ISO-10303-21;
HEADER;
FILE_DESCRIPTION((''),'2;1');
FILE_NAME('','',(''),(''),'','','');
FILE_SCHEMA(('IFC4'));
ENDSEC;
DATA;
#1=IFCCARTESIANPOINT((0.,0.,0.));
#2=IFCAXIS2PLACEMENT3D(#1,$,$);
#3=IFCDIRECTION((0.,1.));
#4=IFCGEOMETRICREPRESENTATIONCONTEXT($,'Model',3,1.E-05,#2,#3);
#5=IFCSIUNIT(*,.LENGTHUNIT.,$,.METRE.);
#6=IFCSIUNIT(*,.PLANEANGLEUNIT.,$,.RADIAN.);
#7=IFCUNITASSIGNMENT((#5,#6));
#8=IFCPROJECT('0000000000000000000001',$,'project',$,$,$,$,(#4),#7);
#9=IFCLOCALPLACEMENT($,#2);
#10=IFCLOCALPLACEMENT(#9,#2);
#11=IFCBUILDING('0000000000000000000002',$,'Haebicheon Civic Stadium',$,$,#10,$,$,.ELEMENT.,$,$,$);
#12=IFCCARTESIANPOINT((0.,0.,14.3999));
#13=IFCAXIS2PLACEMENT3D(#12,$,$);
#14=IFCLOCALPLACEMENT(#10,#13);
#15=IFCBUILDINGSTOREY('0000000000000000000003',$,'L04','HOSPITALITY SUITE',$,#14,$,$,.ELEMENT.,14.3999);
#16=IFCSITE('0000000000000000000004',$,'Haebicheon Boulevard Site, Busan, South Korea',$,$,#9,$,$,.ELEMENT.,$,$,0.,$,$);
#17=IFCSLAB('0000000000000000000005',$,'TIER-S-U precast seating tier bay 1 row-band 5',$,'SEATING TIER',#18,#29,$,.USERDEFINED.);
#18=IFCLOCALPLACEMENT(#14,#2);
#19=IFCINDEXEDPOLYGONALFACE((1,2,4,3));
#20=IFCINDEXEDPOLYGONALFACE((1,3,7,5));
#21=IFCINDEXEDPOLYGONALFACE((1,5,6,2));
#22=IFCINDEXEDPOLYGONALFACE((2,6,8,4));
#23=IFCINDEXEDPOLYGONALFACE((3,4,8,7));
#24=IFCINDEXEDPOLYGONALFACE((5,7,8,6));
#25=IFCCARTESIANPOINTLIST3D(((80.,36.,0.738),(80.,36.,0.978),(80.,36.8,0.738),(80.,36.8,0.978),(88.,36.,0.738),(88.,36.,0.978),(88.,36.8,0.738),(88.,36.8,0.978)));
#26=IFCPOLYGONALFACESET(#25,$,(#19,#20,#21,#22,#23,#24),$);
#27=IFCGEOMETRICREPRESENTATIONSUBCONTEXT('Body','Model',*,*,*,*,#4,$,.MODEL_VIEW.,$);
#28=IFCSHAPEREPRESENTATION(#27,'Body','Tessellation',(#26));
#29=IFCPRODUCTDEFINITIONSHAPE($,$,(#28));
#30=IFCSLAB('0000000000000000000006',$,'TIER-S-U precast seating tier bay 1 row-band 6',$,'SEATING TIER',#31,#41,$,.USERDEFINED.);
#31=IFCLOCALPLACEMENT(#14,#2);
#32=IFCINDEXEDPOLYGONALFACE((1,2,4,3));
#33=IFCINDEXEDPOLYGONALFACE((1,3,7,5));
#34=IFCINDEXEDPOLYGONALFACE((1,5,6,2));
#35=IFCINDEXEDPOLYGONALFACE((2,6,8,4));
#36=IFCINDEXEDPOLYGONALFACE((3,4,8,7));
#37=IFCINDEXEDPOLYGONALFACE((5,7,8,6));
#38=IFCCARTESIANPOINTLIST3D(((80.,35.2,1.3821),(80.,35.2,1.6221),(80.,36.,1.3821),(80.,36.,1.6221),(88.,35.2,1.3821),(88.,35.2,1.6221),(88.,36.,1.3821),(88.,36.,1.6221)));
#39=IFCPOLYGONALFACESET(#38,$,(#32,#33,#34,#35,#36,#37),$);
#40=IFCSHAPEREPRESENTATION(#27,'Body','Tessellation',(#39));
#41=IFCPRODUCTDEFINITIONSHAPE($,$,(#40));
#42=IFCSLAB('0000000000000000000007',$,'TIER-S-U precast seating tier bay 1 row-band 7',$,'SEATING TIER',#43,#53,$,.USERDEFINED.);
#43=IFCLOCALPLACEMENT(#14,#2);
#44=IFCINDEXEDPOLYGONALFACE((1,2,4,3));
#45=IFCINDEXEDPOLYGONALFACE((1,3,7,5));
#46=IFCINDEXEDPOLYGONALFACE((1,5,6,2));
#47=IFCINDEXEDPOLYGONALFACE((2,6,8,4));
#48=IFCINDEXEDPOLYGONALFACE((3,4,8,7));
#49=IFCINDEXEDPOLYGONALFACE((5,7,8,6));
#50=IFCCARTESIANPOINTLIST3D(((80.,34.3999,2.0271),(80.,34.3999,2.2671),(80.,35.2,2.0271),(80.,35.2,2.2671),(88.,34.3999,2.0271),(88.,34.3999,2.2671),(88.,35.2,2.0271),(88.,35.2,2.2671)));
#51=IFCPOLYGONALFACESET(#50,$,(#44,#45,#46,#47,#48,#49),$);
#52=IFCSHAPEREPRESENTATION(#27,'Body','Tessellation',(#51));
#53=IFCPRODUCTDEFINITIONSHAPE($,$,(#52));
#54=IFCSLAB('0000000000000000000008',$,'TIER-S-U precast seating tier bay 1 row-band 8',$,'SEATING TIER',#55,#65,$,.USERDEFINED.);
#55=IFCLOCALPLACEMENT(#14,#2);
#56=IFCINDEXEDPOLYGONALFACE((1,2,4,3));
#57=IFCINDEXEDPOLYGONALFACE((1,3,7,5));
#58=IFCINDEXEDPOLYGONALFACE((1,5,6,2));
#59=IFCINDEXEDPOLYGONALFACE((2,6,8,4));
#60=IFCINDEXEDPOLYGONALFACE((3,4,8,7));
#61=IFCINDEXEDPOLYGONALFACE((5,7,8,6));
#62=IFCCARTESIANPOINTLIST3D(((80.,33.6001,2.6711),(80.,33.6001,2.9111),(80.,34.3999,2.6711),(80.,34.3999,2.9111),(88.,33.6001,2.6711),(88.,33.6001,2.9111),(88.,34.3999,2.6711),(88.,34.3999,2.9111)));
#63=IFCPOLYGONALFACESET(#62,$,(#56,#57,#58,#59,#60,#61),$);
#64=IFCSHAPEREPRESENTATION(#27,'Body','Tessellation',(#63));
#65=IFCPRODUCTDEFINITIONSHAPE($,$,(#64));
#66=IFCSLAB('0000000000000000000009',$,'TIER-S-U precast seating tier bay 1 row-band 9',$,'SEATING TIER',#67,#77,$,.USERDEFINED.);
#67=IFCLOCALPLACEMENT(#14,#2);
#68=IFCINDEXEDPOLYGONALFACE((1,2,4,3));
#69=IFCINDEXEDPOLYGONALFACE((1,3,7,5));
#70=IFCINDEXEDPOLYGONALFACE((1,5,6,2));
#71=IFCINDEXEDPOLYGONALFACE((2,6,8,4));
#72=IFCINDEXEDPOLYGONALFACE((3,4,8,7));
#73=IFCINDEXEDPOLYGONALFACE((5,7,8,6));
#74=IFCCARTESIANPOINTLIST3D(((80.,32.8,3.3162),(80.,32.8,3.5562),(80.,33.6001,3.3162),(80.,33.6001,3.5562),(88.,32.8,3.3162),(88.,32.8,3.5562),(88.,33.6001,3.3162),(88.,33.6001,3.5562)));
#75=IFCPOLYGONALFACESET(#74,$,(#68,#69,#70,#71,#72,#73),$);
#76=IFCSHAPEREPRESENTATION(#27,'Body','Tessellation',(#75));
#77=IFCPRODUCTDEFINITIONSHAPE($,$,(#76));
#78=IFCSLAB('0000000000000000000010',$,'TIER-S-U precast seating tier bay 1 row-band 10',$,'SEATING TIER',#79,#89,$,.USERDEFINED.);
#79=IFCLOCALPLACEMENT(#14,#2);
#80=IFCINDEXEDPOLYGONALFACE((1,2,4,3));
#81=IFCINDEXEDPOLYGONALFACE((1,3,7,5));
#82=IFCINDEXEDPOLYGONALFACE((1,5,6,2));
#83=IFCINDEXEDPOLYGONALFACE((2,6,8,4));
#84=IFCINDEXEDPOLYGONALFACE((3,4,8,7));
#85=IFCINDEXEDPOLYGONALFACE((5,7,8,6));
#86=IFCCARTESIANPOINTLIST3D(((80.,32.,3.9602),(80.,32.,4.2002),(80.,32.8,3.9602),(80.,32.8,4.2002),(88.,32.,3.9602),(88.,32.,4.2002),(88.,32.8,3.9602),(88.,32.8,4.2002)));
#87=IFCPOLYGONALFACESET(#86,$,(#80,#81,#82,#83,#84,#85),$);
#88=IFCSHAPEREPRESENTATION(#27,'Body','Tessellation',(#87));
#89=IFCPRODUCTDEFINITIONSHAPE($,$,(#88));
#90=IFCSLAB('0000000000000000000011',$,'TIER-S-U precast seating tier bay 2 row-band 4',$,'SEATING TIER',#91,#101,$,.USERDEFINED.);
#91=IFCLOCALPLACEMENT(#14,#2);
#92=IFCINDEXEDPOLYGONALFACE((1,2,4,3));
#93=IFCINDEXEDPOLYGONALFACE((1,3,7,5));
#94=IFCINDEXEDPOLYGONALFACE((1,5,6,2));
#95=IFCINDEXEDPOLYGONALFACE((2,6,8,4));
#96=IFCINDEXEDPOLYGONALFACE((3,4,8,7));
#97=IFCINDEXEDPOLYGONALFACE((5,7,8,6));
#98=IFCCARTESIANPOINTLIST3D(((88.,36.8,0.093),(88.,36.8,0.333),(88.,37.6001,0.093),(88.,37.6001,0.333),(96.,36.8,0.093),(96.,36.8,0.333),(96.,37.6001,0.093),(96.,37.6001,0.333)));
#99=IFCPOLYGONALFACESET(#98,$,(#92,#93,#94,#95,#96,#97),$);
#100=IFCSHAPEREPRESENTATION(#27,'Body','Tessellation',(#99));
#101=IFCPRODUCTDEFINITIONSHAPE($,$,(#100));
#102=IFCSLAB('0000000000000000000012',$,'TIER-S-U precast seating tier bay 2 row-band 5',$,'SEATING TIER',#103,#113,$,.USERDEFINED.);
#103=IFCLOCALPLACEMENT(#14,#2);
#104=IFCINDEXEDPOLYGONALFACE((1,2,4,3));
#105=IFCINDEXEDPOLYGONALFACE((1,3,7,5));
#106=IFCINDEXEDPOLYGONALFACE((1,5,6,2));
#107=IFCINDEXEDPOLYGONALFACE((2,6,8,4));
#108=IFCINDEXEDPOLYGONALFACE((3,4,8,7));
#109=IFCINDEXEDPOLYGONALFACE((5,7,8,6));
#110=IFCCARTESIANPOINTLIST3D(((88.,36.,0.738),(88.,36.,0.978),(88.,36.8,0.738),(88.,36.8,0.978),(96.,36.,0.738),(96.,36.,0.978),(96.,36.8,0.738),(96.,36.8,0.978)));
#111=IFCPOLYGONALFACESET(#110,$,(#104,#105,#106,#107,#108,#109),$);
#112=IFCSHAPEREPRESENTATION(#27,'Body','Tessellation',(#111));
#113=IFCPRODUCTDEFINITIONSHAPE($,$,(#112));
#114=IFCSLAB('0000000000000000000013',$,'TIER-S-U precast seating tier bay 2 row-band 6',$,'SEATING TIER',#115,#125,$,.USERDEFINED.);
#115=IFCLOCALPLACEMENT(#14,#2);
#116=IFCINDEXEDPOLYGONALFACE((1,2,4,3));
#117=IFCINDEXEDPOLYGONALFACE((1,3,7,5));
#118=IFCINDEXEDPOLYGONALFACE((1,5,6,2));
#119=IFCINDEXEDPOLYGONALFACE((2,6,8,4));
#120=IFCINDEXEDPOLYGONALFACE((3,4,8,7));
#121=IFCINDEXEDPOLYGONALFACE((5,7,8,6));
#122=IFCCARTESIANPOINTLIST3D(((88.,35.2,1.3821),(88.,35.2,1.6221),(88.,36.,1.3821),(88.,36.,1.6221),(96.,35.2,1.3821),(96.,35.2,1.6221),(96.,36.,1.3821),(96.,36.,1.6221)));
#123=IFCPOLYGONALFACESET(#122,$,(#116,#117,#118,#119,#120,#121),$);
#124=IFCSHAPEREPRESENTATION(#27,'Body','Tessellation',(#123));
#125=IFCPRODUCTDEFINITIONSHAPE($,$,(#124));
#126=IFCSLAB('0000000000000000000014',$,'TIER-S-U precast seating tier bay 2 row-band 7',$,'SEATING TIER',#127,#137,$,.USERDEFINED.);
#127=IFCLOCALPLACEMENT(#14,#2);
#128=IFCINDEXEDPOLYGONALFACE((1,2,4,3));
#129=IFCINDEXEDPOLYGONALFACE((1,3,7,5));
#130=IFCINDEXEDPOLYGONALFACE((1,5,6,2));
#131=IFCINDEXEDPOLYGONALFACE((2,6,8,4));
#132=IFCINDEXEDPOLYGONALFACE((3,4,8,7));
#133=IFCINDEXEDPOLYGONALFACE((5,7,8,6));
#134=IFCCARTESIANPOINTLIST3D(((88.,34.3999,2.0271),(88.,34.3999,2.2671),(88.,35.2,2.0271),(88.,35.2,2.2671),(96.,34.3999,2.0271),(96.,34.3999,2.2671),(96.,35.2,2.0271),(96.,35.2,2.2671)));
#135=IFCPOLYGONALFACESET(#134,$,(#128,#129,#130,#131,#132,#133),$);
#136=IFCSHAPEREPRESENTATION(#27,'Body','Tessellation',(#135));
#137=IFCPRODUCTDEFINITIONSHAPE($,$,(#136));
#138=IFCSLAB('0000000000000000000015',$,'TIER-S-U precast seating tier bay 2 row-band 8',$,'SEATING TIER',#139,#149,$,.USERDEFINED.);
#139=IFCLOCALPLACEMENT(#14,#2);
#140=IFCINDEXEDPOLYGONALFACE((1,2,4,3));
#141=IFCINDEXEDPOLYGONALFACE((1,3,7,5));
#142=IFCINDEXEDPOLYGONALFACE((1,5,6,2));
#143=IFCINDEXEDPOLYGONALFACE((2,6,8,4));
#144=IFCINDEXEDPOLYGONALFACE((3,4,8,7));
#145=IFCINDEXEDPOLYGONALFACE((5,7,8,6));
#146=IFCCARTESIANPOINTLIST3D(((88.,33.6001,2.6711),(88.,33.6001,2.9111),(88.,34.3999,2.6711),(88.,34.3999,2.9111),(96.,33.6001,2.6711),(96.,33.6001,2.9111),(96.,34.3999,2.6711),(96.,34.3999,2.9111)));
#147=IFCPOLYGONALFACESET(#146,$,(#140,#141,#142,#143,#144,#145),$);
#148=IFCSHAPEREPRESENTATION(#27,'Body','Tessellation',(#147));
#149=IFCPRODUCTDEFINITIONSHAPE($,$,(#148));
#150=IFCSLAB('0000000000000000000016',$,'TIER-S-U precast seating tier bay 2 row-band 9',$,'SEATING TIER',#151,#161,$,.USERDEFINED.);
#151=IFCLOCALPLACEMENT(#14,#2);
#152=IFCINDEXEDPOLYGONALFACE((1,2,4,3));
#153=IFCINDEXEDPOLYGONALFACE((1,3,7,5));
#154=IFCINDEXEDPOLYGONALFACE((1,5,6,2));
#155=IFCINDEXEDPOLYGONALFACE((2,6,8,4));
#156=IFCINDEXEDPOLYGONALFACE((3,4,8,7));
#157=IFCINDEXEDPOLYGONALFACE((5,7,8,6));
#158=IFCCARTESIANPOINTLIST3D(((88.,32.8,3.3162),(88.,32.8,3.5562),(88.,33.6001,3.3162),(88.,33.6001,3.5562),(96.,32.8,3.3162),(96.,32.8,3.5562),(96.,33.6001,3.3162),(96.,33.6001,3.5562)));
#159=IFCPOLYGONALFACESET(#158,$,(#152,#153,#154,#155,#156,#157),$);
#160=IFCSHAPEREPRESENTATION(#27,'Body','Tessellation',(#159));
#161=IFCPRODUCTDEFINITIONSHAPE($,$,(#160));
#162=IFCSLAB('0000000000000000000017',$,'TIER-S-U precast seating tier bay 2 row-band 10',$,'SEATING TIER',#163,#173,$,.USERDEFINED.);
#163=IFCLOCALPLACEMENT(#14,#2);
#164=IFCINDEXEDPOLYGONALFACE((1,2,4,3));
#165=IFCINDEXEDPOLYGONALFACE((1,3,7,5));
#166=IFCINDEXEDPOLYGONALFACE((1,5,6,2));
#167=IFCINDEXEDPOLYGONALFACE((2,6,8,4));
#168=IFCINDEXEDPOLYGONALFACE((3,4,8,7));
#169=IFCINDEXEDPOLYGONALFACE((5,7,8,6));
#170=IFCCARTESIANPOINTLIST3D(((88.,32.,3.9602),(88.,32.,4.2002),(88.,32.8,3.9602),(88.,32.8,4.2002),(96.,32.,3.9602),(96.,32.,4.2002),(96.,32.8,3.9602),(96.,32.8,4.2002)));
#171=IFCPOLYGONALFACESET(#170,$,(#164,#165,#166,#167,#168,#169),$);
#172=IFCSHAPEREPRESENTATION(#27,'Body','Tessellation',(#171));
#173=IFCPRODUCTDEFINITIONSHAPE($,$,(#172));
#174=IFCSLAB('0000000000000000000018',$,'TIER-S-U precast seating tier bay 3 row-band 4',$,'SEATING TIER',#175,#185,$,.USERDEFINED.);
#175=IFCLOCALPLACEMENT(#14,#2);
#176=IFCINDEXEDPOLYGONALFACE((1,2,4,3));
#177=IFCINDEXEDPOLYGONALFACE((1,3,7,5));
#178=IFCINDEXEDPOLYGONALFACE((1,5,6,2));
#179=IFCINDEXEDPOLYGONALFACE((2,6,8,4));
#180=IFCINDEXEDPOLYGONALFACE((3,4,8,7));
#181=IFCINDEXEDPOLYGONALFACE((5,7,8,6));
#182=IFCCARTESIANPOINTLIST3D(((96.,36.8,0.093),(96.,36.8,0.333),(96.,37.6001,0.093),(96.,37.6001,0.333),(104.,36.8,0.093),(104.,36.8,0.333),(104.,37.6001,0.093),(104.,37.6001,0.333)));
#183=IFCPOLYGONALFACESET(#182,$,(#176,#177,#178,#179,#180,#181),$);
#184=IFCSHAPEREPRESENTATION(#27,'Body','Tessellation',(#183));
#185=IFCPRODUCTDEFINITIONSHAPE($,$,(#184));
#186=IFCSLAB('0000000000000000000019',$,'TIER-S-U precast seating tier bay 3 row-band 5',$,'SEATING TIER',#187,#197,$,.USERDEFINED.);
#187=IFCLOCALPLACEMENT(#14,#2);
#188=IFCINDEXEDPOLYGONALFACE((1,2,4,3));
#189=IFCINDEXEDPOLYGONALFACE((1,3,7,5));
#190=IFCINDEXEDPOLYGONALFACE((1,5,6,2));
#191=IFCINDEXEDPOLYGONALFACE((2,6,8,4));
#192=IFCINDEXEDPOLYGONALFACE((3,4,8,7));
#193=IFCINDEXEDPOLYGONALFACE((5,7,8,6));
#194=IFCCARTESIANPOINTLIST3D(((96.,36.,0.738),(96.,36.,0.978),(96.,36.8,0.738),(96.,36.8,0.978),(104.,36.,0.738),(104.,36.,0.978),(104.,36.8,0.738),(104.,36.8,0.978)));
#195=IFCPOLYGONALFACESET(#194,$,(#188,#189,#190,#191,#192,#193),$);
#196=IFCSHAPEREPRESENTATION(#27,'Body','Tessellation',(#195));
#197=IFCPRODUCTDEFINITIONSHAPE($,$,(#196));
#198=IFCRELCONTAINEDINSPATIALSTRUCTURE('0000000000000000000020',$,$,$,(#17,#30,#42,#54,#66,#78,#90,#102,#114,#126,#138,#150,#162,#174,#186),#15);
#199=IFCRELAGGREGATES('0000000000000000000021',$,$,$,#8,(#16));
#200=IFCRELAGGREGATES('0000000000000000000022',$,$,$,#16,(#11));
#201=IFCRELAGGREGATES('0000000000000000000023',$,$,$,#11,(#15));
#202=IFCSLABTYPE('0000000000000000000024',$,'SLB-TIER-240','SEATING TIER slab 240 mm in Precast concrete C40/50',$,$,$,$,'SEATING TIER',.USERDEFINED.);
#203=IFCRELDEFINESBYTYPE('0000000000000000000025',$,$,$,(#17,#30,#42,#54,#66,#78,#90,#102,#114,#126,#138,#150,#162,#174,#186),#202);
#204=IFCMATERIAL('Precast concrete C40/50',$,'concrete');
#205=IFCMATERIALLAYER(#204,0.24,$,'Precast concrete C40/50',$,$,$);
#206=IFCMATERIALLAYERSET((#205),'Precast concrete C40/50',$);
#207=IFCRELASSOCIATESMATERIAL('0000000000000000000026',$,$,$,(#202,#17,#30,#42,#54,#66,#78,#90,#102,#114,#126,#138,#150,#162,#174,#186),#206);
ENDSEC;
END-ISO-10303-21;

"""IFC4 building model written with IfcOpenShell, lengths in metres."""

from ifc_helpers import new_model, si_unit, direction, frame, origin, place, context, subcontext, project, spatial, polyline, outline, extrude, material, layer, layer_set, type_object, element, save


model = new_model("IFC4")

# Units and contexts
model_context = context("Model", 3, precision=1e-05, world=origin(), true_north=direction((0.0, 1.0)))
body_context = subcontext(model_context, "Body", "Model", "MODEL_VIEW")
ifc_project = project(units=[si_unit("LENGTHUNIT", "METRE"), si_unit("PLANEANGLEUNIT", "RADIAN")], contexts=[model_context])

# Site, building, storey
site_placement = place(None, origin())
site = spatial("IfcSite", under=ifc_project, at=site_placement, Name="Haebicheon Boulevard Site, Busan, South Korea", CompositionType="ELEMENT", RefElevation=0.0)
building_placement = place(site_placement, origin())
building = spatial("IfcBuilding", under=site, at=building_placement, Name="Haebicheon Civic Stadium", CompositionType="ELEMENT")
storey_placement = place(building_placement, frame((0.0, 0.0, 14.3999)))
storey = spatial("IfcBuildingStorey", under=building, at=storey_placement, Name="L04", Description="HOSPITALITY SUITE", CompositionType="ELEMENT", Elevation=14.3999)

# Slabs
ifc_material = material(Name="Precast concrete C40/50", Category="concrete")
ifc_layer = layer(ifc_material, 0.24, Name="Precast concrete C40/50")
ifc_layer_set = layer_set([ifc_layer], Name="Precast concrete C40/50")
slab_type = type_object("IfcSlabType", Name="SLB-TIER-240", Description="SEATING TIER slab 240 mm in Precast concrete C40/50", ElementType="SEATING TIER", PredefinedType="USERDEFINED", material=ifc_layer_set)
slab_1_placement = place(storey_placement, frame((0.0, 0.0, 0.738)))
element("IfcSlab", 1, at=slab_1_placement, inside=storey, type_object=slab_type, material=ifc_layer_set, Name="TIER-S-U precast seating tier bay 1 row-band 5", ObjectType="SEATING TIER", PredefinedType="USERDEFINED", context=body_context, shape_type="SweptSolid", body=[
    extrude(outline(polyline([(80.0, 36.0), (88.0, 36.0), (88.0, 36.8), (80.0, 36.8), (80.0, 36.0)])), origin(), (0.0, 0.0, 1.0), 0.24),
])
slab_2_placement = place(storey_placement, frame((0.0, 0.0, 1.3821)))
element("IfcSlab", 2, at=slab_2_placement, inside=storey, type_object=slab_type, material=ifc_layer_set, Name="TIER-S-U precast seating tier bay 1 row-band 6", ObjectType="SEATING TIER", PredefinedType="USERDEFINED", context=body_context, shape_type="SweptSolid", body=[
    extrude(outline(polyline([(80.0, 35.2), (88.0, 35.2), (88.0, 36.0), (80.0, 36.0), (80.0, 35.2)])), origin(), (0.0, 0.0, 1.0), 0.24),
])
slab_3_placement = place(storey_placement, frame((0.0, 0.0, 2.0271)))
element("IfcSlab", 3, at=slab_3_placement, inside=storey, type_object=slab_type, material=ifc_layer_set, Name="TIER-S-U precast seating tier bay 1 row-band 7", ObjectType="SEATING TIER", PredefinedType="USERDEFINED", context=body_context, shape_type="SweptSolid", body=[
    extrude(outline(polyline([(80.0, 34.3999), (88.0, 34.3999), (88.0, 35.2), (80.0, 35.2), (80.0, 34.3999)])), origin(), (0.0, 0.0, 1.0), 0.24),
])
slab_4_placement = place(storey_placement, frame((0.0, 0.0, 2.6711)))
element("IfcSlab", 4, at=slab_4_placement, inside=storey, type_object=slab_type, material=ifc_layer_set, Name="TIER-S-U precast seating tier bay 1 row-band 8", ObjectType="SEATING TIER", PredefinedType="USERDEFINED", context=body_context, shape_type="SweptSolid", body=[
    extrude(outline(polyline([(80.0, 33.6001), (88.0, 33.6001), (88.0, 34.3999), (80.0, 34.3999), (80.0, 33.6001)])), origin(), (0.0, 0.0, 1.0), 0.24),
])
slab_5_placement = place(storey_placement, frame((0.0, 0.0, 3.3162)))
element("IfcSlab", 5, at=slab_5_placement, inside=storey, type_object=slab_type, material=ifc_layer_set, Name="TIER-S-U precast seating tier bay 1 row-band 9", ObjectType="SEATING TIER", PredefinedType="USERDEFINED", context=body_context, shape_type="SweptSolid", body=[
    extrude(outline(polyline([(80.0, 32.8), (88.0, 32.8), (88.0, 33.6001), (80.0, 33.6001), (80.0, 32.8)])), origin(), (0.0, 0.0, 1.0), 0.24),
])
slab_6_placement = place(storey_placement, frame((0.0, 0.0, 3.9602)))
element("IfcSlab", 6, at=slab_6_placement, inside=storey, type_object=slab_type, material=ifc_layer_set, Name="TIER-S-U precast seating tier bay 1 row-band 10", ObjectType="SEATING TIER", PredefinedType="USERDEFINED", context=body_context, shape_type="SweptSolid", body=[
    extrude(outline(polyline([(80.0, 32.0), (88.0, 32.0), (88.0, 32.8), (80.0, 32.8), (80.0, 32.0)])), origin(), (0.0, 0.0, 1.0), 0.24),
])
slab_7_placement = place(storey_placement, frame((0.0, 0.0, 0.093)))
element("IfcSlab", 7, at=slab_7_placement, inside=storey, type_object=slab_type, material=ifc_layer_set, Name="TIER-S-U precast seating tier bay 2 row-band 4", ObjectType="SEATING TIER", PredefinedType="USERDEFINED", context=body_context, shape_type="SweptSolid", body=[
    extrude(outline(polyline([(88.0, 36.8), (96.0, 36.8), (96.0, 37.6001), (88.0, 37.6001), (88.0, 36.8)])), origin(), (0.0, 0.0, 1.0), 0.24),
])
slab_8_placement = place(storey_placement, frame((0.0, 0.0, 0.738)))
element("IfcSlab", 8, at=slab_8_placement, inside=storey, type_object=slab_type, material=ifc_layer_set, Name="TIER-S-U precast seating tier bay 2 row-band 5", ObjectType="SEATING TIER", PredefinedType="USERDEFINED", context=body_context, shape_type="SweptSolid", body=[
    extrude(outline(polyline([(88.0, 36.0), (96.0, 36.0), (96.0, 36.8), (88.0, 36.8), (88.0, 36.0)])), origin(), (0.0, 0.0, 1.0), 0.24),
])
slab_9_placement = place(storey_placement, frame((0.0, 0.0, 1.3821)))
element("IfcSlab", 9, at=slab_9_placement, inside=storey, type_object=slab_type, material=ifc_layer_set, Name="TIER-S-U precast seating tier bay 2 row-band 6", ObjectType="SEATING TIER", PredefinedType="USERDEFINED", context=body_context, shape_type="SweptSolid", body=[
    extrude(outline(polyline([(88.0, 35.2), (96.0, 35.2), (96.0, 36.0), (88.0, 36.0), (88.0, 35.2)])), origin(), (0.0, 0.0, 1.0), 0.24),
])
slab_10_placement = place(storey_placement, frame((0.0, 0.0, 2.0271)))
element("IfcSlab", 10, at=slab_10_placement, inside=storey, type_object=slab_type, material=ifc_layer_set, Name="TIER-S-U precast seating tier bay 2 row-band 7", ObjectType="SEATING TIER", PredefinedType="USERDEFINED", context=body_context, shape_type="SweptSolid", body=[
    extrude(outline(polyline([(88.0, 34.3999), (96.0, 34.3999), (96.0, 35.2), (88.0, 35.2), (88.0, 34.3999)])), origin(), (0.0, 0.0, 1.0), 0.24),
])
slab_11_placement = place(storey_placement, frame((0.0, 0.0, 2.6711)))
element("IfcSlab", 11, at=slab_11_placement, inside=storey, type_object=slab_type, material=ifc_layer_set, Name="TIER-S-U precast seating tier bay 2 row-band 8", ObjectType="SEATING TIER", PredefinedType="USERDEFINED", context=body_context, shape_type="SweptSolid", body=[
    extrude(outline(polyline([(88.0, 33.6001), (96.0, 33.6001), (96.0, 34.3999), (88.0, 34.3999), (88.0, 33.6001)])), origin(), (0.0, 0.0, 1.0), 0.24),
])
slab_12_placement = place(storey_placement, frame((0.0, 0.0, 3.3162)))
element("IfcSlab", 12, at=slab_12_placement, inside=storey, type_object=slab_type, material=ifc_layer_set, Name="TIER-S-U precast seating tier bay 2 row-band 9", ObjectType="SEATING TIER", PredefinedType="USERDEFINED", context=body_context, shape_type="SweptSolid", body=[
    extrude(outline(polyline([(88.0, 32.8), (96.0, 32.8), (96.0, 33.6001), (88.0, 33.6001), (88.0, 32.8)])), origin(), (0.0, 0.0, 1.0), 0.24),
])
slab_13_placement = place(storey_placement, frame((0.0, 0.0, 3.9602)))
element("IfcSlab", 13, at=slab_13_placement, inside=storey, type_object=slab_type, material=ifc_layer_set, Name="TIER-S-U precast seating tier bay 2 row-band 10", ObjectType="SEATING TIER", PredefinedType="USERDEFINED", context=body_context, shape_type="SweptSolid", body=[
    extrude(outline(polyline([(88.0, 32.0), (96.0, 32.0), (96.0, 32.8), (88.0, 32.8), (88.0, 32.0)])), origin(), (0.0, 0.0, 1.0), 0.24),
])
slab_14_placement = place(storey_placement, frame((0.0, 0.0, 0.093)))
element("IfcSlab", 14, at=slab_14_placement, inside=storey, type_object=slab_type, material=ifc_layer_set, Name="TIER-S-U precast seating tier bay 3 row-band 4", ObjectType="SEATING TIER", PredefinedType="USERDEFINED", context=body_context, shape_type="SweptSolid", body=[
    extrude(outline(polyline([(96.0, 36.8), (104.0, 36.8), (104.0, 37.6001), (96.0, 37.6001), (96.0, 36.8)])), origin(), (0.0, 0.0, 1.0), 0.24),
])
slab_15_placement = place(storey_placement, frame((0.0, 0.0, 0.738)))
element("IfcSlab", 15, at=slab_15_placement, inside=storey, type_object=slab_type, material=ifc_layer_set, Name="TIER-S-U precast seating tier bay 3 row-band 5", ObjectType="SEATING TIER", PredefinedType="USERDEFINED", context=body_context, shape_type="SweptSolid", body=[
    extrude(outline(polyline([(96.0, 36.0), (104.0, 36.0), (104.0, 36.8), (96.0, 36.8), (96.0, 36.0)])), origin(), (0.0, 0.0, 1.0), 0.24),
])

save(model, "model.ifc")
